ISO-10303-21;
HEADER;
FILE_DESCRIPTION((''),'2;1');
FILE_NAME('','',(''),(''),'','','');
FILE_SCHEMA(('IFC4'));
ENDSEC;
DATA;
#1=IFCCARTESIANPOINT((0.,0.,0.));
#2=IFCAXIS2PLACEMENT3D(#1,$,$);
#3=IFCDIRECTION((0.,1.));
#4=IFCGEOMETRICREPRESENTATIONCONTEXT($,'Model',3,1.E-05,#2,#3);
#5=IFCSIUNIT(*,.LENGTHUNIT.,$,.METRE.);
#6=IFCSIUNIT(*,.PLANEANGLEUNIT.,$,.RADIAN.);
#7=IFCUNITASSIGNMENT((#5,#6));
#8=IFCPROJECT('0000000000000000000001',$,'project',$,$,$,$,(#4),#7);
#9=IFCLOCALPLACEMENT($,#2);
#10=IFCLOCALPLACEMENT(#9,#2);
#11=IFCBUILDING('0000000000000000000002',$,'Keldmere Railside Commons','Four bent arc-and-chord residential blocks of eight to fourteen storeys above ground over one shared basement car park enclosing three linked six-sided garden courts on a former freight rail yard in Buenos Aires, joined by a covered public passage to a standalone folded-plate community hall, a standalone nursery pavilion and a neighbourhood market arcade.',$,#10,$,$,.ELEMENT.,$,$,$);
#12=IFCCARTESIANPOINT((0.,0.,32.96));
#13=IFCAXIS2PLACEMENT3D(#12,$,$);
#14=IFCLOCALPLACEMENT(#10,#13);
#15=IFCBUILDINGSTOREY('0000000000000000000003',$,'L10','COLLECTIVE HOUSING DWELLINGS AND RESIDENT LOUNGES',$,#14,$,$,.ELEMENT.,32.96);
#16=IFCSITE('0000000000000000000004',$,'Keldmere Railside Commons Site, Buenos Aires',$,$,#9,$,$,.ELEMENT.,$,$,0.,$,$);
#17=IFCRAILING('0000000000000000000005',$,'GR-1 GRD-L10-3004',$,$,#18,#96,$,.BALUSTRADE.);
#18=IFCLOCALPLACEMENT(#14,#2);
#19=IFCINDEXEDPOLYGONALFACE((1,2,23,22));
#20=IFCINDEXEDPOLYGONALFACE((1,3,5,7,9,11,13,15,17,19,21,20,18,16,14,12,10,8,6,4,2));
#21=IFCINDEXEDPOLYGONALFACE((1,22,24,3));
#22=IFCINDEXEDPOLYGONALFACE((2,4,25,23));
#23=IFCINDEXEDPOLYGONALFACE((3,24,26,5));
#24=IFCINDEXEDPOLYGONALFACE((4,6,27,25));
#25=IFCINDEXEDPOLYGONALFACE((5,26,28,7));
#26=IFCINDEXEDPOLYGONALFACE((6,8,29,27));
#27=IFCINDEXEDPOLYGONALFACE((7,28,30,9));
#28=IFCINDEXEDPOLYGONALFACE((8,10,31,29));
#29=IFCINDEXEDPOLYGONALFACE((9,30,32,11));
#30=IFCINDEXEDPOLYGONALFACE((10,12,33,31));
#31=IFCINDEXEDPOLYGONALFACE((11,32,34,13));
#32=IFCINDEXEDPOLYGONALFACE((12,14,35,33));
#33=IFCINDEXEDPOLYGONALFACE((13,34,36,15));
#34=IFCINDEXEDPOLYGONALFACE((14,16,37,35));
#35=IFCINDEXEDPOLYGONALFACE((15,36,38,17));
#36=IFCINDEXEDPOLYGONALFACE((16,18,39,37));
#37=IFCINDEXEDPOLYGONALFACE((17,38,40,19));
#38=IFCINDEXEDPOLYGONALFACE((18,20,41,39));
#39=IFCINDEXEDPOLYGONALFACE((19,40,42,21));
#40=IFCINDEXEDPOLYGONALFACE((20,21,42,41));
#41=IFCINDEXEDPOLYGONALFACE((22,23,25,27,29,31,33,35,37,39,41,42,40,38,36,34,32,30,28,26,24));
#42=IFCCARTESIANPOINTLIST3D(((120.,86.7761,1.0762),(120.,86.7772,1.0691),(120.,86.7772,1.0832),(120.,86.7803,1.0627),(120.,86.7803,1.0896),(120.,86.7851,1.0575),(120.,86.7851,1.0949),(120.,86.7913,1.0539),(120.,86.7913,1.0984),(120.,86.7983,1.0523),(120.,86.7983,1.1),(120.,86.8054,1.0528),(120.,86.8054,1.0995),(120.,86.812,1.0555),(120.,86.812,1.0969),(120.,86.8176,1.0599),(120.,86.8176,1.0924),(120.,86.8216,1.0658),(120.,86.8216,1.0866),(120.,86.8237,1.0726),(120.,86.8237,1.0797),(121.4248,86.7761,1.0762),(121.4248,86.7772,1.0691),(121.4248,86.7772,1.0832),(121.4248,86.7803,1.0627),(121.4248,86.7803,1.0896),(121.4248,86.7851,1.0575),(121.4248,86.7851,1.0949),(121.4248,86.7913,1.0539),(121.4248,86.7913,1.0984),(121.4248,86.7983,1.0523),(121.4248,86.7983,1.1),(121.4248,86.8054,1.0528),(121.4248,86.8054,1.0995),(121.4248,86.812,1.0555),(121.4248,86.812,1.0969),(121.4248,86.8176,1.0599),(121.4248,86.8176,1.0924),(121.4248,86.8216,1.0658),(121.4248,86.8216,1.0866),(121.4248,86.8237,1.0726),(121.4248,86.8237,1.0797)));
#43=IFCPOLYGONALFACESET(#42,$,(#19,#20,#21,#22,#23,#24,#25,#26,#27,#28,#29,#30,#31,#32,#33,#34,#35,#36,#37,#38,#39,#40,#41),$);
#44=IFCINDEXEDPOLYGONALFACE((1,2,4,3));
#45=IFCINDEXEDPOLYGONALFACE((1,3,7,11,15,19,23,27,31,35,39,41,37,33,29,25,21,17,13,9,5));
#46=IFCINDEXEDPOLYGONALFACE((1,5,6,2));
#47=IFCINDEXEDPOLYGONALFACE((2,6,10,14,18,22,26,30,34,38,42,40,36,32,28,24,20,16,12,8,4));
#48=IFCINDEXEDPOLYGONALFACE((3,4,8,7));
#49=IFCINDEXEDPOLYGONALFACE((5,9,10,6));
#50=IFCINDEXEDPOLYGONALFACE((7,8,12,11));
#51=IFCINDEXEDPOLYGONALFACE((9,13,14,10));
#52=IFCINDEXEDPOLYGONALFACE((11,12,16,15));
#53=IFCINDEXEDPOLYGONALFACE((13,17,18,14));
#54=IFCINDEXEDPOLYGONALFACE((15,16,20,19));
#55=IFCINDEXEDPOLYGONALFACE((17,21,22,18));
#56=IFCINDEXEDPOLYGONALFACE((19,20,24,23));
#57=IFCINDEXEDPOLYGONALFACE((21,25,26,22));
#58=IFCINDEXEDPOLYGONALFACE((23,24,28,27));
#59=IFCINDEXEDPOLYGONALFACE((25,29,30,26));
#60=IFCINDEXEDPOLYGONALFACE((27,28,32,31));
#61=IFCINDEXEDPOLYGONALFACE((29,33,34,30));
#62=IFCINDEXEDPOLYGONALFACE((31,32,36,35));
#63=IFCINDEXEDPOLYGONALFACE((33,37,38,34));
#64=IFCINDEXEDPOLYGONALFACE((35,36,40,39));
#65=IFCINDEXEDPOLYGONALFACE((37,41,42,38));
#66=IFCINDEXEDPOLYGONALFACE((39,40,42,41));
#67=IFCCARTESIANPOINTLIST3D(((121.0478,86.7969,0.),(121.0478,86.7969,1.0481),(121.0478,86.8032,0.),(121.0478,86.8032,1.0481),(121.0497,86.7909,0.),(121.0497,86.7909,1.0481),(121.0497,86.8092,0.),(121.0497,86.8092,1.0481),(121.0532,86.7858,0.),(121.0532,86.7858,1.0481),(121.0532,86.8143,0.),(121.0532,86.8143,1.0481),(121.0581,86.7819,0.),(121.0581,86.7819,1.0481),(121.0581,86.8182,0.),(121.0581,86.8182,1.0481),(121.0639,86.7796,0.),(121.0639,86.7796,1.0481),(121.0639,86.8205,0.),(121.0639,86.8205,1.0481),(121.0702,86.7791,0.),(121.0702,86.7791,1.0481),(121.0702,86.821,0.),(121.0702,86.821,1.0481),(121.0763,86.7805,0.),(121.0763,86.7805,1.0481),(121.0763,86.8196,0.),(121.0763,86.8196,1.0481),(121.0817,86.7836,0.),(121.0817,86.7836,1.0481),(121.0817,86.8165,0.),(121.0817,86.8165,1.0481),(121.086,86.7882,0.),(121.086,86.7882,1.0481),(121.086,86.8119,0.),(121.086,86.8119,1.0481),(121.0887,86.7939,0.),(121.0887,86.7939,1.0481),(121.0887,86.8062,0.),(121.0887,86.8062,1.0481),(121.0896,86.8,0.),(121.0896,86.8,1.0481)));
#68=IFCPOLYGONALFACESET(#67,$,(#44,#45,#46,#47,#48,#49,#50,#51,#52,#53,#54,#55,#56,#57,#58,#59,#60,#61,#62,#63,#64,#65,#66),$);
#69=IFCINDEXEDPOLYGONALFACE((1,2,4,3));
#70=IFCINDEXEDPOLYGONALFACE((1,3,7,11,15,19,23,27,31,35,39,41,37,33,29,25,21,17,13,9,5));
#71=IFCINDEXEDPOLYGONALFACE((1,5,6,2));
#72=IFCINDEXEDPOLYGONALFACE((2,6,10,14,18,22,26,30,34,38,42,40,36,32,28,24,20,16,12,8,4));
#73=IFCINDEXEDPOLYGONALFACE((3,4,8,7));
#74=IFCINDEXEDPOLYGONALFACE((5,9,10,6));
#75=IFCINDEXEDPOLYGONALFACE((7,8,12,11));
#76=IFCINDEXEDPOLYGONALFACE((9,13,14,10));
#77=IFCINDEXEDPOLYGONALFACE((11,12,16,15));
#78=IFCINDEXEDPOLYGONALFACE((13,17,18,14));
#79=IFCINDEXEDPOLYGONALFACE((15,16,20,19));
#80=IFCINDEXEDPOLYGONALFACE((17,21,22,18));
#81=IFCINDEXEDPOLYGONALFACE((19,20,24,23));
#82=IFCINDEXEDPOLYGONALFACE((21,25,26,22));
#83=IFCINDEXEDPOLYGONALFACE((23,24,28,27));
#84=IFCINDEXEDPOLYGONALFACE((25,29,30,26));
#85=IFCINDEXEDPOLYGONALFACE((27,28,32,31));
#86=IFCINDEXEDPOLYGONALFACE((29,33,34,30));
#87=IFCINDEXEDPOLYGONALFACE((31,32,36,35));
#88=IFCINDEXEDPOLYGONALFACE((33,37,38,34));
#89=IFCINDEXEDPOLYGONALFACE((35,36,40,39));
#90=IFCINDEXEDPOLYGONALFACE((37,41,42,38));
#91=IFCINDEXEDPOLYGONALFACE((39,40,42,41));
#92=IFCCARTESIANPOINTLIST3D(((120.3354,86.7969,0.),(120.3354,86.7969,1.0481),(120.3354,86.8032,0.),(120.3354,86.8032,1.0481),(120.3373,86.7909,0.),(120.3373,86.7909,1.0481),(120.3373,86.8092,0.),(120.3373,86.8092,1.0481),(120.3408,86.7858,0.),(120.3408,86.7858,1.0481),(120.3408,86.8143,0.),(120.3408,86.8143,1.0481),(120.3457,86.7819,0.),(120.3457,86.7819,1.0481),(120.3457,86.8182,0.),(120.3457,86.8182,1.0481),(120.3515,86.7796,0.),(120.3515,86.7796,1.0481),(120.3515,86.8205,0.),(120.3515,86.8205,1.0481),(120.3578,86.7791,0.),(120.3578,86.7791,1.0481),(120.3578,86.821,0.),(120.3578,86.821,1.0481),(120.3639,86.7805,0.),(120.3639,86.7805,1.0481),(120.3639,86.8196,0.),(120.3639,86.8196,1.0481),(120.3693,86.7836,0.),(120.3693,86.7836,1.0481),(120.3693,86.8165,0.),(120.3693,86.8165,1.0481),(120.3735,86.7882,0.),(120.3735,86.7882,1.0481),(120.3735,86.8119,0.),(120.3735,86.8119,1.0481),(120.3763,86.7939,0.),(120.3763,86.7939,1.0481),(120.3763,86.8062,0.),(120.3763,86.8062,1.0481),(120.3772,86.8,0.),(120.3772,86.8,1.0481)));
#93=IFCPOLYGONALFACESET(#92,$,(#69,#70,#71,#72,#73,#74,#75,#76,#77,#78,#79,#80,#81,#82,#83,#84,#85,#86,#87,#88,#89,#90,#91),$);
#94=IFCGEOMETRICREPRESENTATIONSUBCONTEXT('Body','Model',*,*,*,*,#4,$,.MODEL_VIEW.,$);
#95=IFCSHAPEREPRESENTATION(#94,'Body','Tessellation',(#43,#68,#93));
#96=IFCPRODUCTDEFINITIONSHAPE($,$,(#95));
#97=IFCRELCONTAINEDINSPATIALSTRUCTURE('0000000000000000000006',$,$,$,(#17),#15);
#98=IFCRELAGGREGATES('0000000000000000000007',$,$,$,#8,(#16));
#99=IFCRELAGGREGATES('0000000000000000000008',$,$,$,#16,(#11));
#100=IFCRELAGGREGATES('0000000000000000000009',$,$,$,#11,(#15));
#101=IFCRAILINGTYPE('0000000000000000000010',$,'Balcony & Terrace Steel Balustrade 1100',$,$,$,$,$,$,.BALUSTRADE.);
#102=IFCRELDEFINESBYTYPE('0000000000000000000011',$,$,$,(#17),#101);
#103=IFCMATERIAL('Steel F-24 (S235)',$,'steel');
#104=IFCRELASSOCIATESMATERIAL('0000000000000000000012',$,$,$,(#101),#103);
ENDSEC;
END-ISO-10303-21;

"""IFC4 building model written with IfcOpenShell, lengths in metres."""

from ifc_helpers import new_model, si_unit, direction, frame, origin, origin_2d, place, context, subcontext, project, spatial, circle, extrude, material, type_object, element, save


model = new_model("IFC4")

# Units and contexts
model_context = context("Model", 3, precision=1e-05, world=origin(), true_north=direction((0.0, 1.0)))
body_context = subcontext(model_context, "Body", "Model", "MODEL_VIEW")
ifc_project = project(units=[si_unit("LENGTHUNIT", "METRE"), si_unit("PLANEANGLEUNIT", "RADIAN")], contexts=[model_context])

# Site, building, storey
site_placement = place(None, origin())
site = spatial("IfcSite", under=ifc_project, at=site_placement, Name="Keldmere Railside Commons Site, Buenos Aires", CompositionType="ELEMENT", RefElevation=0.0)
building_placement = place(site_placement, origin())
building = spatial("IfcBuilding", under=site, at=building_placement, Name="Keldmere Railside Commons", Description="Four bent arc-and-chord residential blocks of eight to fourteen storeys above ground over one shared basement car park enclosing three linked six-sided garden courts on a former freight rail yard in Buenos Aires, joined by a covered public passage to a standalone folded-plate community hall, a standalone nursery pavilion and a neighbourhood market arcade.", CompositionType="ELEMENT")
storey_placement = place(building_placement, frame((0.0, 0.0, 32.96)))
storey = spatial("IfcBuildingStorey", under=building, at=storey_placement, Name="L10", Description="COLLECTIVE HOUSING DWELLINGS AND RESIDENT LOUNGES", CompositionType="ELEMENT", Elevation=32.96)

# Railing
ifc_material_1 = material(Name="Steel F-24 (S235)", Category="steel")
railing_type = type_object("IfcRailingType", Name="Balcony & Terrace Steel Balustrade 1100", PredefinedType="BALUSTRADE", material=ifc_material_1)
railing_1_placement = place(storey_placement, frame((121.4248, 86.8, 0.0)))
element("IfcRailing", 1, at=railing_1_placement, inside=storey, type_object=railing_type, Name="GR-1 GRD-L10-3004", PredefinedType="BALUSTRADE", context=body_context, shape_type="SweptSolid", body=[
    extrude(circle(Radius=0.0239, at=origin_2d()), frame((0.0, 0.0, 1.0762), z_axis=(-1.0, 0.0, 0.0), x_axis=(0.0, -1.0, 0.0)), (0.0, 0.0, 1.0), 1.4248),
    extrude(circle(Radius=0.021, at=origin_2d()), frame((-0.3562, 0.0, 0.0)), (0.0, 0.0, 1.0), 1.0481),
    extrude(circle(Radius=0.021, at=origin_2d()), frame((-1.0686, 0.0, 0.0)), (0.0, 0.0, 1.0), 1.0481),
])

save(model, "model.ifc")
